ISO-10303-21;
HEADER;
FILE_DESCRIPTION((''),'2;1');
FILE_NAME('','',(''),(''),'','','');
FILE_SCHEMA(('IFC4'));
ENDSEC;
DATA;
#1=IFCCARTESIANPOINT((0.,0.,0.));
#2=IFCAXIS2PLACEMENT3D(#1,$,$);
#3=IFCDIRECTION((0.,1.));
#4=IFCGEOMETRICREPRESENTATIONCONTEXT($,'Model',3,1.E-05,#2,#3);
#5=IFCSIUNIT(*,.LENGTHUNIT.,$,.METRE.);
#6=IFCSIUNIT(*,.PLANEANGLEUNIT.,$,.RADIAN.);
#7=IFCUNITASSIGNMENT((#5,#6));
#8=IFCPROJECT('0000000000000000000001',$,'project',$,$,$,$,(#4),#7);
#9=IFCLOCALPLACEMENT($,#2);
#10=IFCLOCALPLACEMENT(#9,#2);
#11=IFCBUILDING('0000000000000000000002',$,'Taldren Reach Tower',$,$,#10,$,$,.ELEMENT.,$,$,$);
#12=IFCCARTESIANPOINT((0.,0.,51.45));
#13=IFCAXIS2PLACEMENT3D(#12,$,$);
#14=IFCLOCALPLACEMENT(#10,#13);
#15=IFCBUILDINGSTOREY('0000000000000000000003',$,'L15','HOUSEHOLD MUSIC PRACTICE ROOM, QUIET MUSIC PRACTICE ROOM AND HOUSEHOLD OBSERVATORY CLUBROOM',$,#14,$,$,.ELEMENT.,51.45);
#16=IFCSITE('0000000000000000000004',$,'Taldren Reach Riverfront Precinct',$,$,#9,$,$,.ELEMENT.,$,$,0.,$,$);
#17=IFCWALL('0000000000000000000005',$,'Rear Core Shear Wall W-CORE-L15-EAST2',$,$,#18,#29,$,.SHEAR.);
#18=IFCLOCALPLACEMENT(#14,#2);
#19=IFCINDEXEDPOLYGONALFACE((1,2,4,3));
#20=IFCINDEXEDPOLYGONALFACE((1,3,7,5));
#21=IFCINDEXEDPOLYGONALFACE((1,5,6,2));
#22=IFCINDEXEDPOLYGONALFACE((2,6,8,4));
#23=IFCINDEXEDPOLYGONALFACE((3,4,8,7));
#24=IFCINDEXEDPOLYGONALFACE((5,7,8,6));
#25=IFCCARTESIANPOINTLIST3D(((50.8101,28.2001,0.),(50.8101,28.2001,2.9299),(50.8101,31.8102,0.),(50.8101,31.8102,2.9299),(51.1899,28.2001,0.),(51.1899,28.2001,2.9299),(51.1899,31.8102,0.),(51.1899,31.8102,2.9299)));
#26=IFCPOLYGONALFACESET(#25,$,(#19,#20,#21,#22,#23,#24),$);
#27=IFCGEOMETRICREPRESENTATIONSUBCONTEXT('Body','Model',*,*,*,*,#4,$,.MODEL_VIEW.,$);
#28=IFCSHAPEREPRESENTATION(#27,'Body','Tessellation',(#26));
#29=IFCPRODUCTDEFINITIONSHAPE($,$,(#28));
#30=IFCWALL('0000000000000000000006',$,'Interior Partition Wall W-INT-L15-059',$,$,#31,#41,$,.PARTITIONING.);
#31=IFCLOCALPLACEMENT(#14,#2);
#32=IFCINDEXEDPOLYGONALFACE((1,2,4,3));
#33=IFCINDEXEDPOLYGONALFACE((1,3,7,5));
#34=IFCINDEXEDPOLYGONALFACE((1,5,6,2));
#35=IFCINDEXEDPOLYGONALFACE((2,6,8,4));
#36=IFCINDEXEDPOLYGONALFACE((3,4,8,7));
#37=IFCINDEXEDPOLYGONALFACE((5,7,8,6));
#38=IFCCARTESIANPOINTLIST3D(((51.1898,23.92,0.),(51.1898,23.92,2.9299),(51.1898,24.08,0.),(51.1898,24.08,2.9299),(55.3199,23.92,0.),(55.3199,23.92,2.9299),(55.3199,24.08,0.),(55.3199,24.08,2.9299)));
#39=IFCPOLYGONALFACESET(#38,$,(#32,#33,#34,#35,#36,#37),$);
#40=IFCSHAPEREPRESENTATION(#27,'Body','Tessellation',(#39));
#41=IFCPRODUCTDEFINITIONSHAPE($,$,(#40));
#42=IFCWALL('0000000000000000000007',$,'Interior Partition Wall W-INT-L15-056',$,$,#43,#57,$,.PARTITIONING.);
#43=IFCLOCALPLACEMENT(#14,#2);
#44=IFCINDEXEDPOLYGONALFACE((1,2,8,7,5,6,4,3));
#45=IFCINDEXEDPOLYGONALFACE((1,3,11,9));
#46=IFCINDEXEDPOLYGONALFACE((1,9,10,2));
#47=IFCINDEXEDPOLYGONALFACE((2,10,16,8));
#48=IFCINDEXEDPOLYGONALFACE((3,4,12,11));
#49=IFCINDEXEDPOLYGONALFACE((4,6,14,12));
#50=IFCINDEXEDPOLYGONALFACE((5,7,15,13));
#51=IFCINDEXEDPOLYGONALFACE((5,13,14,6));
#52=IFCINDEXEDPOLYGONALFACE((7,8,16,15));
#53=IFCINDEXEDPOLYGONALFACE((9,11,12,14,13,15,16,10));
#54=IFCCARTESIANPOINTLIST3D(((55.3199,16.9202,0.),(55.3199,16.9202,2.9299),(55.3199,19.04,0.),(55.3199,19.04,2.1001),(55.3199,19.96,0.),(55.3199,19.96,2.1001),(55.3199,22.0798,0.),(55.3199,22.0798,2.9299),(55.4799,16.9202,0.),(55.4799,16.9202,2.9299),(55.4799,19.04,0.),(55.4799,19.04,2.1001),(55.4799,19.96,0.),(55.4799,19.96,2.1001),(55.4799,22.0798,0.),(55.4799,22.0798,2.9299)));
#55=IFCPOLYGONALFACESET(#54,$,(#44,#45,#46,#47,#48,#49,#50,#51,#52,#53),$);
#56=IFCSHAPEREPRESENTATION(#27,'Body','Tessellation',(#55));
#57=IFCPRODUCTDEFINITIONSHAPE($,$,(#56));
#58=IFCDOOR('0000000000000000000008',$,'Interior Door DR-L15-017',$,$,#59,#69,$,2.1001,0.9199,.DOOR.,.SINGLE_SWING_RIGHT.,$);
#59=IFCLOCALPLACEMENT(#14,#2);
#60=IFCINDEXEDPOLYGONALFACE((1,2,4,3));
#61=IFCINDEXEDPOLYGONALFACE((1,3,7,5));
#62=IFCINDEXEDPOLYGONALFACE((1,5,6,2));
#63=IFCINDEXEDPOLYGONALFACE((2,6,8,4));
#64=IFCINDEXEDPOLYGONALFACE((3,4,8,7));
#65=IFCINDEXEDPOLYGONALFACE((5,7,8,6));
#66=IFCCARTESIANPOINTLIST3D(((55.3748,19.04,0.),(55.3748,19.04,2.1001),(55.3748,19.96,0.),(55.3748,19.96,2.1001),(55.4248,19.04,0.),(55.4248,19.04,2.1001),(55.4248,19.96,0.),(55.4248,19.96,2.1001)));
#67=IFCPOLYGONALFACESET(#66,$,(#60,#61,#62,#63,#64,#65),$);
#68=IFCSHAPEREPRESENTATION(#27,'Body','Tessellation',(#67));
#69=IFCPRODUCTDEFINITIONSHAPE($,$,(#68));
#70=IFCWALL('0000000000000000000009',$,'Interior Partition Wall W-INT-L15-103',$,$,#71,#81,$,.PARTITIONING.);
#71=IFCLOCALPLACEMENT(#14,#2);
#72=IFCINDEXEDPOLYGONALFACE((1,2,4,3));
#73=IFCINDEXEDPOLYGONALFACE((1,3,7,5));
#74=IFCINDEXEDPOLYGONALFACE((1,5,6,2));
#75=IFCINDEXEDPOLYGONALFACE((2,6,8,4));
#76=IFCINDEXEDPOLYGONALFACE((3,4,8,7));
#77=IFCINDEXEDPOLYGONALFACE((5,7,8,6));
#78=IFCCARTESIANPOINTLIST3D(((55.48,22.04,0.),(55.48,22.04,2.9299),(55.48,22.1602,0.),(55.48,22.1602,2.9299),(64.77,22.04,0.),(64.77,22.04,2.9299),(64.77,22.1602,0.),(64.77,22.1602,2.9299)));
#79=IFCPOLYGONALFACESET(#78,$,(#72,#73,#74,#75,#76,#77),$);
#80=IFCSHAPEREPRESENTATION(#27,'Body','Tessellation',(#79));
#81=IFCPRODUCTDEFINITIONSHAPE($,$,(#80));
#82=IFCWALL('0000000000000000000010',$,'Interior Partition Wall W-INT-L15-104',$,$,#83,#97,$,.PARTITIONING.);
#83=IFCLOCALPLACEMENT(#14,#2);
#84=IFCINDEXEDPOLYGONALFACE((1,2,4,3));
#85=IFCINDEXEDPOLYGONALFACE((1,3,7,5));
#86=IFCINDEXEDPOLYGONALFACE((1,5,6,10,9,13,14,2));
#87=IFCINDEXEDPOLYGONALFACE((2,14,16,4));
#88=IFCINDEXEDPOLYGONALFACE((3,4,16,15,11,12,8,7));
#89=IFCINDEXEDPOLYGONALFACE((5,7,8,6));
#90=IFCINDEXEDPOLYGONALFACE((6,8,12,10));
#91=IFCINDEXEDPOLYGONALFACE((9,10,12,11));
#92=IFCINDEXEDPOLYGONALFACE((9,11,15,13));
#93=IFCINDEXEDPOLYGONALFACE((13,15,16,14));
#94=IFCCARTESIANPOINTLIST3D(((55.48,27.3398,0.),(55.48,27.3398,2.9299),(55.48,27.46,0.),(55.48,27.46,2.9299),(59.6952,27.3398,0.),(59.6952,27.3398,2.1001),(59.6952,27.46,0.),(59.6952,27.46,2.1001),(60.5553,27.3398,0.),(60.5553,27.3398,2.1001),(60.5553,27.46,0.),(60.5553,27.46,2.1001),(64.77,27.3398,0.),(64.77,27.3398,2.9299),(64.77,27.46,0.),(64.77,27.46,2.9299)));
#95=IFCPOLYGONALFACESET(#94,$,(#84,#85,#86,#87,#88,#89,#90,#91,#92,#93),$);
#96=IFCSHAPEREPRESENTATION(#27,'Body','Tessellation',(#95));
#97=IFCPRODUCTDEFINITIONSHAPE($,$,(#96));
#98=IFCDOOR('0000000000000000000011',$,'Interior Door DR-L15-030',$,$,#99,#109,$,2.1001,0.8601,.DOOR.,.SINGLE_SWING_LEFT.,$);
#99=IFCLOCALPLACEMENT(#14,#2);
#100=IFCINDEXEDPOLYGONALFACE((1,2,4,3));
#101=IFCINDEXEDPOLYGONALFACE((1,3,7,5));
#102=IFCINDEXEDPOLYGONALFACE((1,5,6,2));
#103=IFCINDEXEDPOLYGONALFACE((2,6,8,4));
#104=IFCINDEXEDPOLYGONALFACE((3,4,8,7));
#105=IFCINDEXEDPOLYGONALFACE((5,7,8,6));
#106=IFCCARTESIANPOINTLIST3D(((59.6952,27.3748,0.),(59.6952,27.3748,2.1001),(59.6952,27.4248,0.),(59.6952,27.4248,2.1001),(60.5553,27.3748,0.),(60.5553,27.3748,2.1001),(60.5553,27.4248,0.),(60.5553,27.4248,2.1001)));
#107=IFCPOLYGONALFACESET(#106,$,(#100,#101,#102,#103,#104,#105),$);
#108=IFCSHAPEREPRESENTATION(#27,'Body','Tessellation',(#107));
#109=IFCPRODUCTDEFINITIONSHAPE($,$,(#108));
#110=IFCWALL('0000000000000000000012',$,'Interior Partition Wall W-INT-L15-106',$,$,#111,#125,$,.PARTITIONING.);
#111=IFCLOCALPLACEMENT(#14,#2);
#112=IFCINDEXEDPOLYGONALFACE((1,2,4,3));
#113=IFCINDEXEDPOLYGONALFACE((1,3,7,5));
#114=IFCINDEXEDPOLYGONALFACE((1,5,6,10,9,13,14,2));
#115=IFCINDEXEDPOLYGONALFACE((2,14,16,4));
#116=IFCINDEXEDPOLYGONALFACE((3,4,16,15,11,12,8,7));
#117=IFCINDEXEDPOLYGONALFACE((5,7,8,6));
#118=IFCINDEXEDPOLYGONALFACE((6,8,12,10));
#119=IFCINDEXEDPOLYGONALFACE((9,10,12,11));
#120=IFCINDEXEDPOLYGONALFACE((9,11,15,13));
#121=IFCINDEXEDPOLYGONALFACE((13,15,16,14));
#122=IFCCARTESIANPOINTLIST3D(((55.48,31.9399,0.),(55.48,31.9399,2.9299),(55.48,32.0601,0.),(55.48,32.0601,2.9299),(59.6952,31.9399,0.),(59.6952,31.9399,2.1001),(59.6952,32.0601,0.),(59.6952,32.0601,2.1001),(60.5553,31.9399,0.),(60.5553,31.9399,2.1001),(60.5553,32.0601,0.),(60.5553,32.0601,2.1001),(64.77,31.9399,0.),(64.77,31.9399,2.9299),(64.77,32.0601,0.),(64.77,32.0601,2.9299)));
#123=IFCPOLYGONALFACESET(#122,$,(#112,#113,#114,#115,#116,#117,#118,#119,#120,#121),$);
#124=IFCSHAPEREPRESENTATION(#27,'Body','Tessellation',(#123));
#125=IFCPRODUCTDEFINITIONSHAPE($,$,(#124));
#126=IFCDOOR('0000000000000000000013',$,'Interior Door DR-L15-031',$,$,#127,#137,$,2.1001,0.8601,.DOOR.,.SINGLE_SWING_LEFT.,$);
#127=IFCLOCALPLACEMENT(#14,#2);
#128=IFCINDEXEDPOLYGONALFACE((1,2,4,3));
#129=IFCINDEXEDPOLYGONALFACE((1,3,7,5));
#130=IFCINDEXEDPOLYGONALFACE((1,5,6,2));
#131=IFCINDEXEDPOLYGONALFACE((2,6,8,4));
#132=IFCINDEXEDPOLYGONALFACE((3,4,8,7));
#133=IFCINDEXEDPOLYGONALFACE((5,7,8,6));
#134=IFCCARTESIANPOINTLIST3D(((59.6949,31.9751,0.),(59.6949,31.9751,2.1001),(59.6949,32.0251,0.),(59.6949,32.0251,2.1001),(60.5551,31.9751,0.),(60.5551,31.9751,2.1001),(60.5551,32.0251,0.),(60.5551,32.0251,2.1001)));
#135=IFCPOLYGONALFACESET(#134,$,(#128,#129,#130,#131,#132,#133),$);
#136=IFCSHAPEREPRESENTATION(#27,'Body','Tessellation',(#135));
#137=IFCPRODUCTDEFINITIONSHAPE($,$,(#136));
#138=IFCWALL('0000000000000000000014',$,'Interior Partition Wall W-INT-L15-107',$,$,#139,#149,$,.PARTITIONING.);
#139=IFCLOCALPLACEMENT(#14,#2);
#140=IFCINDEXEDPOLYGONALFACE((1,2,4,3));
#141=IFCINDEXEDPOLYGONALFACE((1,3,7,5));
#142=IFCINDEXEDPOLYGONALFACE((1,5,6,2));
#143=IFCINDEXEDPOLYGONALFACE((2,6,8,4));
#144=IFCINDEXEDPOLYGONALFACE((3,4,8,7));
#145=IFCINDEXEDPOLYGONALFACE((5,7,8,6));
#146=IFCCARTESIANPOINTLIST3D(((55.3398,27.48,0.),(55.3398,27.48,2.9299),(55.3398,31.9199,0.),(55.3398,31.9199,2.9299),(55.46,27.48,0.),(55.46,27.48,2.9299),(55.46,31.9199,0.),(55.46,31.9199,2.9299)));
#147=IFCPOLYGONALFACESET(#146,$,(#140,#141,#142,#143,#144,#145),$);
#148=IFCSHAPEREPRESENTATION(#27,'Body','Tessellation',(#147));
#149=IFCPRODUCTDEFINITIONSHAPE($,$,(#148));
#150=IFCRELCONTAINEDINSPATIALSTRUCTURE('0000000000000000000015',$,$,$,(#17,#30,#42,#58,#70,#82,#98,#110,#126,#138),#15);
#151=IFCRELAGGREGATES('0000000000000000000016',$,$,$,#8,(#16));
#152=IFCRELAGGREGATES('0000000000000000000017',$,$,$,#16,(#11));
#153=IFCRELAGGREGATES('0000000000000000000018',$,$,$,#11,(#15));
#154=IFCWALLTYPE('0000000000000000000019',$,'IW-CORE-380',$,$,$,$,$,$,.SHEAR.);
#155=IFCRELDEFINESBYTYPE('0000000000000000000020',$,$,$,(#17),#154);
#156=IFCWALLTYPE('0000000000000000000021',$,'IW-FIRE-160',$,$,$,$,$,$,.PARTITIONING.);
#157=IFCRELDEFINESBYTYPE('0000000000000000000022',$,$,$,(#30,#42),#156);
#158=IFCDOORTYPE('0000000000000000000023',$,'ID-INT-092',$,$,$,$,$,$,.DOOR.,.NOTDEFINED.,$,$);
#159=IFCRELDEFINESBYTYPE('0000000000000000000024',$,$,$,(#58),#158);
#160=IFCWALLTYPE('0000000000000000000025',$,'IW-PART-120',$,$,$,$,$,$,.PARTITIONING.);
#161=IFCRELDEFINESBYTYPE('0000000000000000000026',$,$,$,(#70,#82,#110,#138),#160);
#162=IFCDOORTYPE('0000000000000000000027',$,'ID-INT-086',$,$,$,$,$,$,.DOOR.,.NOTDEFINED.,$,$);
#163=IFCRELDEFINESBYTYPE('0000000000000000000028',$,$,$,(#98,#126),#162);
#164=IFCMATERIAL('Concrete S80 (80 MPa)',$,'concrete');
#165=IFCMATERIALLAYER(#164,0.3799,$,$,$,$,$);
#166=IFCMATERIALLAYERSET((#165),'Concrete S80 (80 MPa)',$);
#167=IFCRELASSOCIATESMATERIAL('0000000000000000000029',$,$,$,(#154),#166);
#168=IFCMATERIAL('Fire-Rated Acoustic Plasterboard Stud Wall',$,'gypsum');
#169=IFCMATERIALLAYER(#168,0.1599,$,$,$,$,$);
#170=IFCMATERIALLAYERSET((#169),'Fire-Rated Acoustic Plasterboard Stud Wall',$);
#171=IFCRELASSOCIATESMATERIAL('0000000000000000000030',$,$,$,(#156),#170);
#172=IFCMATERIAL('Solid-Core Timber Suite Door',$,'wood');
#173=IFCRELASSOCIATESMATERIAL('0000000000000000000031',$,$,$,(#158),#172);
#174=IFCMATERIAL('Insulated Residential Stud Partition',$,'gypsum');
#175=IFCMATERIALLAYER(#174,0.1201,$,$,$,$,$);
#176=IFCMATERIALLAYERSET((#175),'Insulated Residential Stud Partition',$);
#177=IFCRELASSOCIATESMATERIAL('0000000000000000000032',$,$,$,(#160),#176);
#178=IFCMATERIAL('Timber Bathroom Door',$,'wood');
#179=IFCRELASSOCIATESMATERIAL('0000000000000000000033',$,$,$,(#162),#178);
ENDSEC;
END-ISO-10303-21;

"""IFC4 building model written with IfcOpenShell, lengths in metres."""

from ifc_helpers import new_model, si_unit, direction, frame, frame_2d, origin, place, context, subcontext, project, spatial, rectangle, extrude, source, transform, mapped, material, layer, layer_set, type_object, element, fill, save


model = new_model("IFC4")

# Units and contexts
model_context = context("Model", 3, precision=1e-05, world=origin(), true_north=direction((0.0, 1.0)))
body_context = subcontext(model_context, "Body", "Model", "MODEL_VIEW")
ifc_project = project(units=[si_unit("LENGTHUNIT", "METRE"), si_unit("PLANEANGLEUNIT", "RADIAN")], contexts=[model_context])

# Site, building, storey
site_placement = place(None, origin())
site = spatial("IfcSite", under=ifc_project, at=site_placement, Name="Taldren Reach Riverfront Precinct", CompositionType="ELEMENT", RefElevation=0.0)
building_placement = place(site_placement, origin())
building = spatial("IfcBuilding", under=site, at=building_placement, Name="Taldren Reach Tower", CompositionType="ELEMENT")
storey_placement = place(building_placement, frame((0.0, 0.0, 51.45)))
storey = spatial("IfcBuildingStorey", under=building, at=storey_placement, Name="L15", Description="HOUSEHOLD MUSIC PRACTICE ROOM, QUIET MUSIC PRACTICE ROOM AND HOUSEHOLD OBSERVATORY CLUBROOM", CompositionType="ELEMENT", Elevation=51.45)

# Walls
ifc_material_1 = material(Name="Concrete S80 (80 MPa)", Category="concrete")
ifc_layer_1 = layer(ifc_material_1, 0.3799)
ifc_layer_set_1 = layer_set([ifc_layer_1], Name="Concrete S80 (80 MPa)")
wall_type_1 = type_object("IfcWallType", Name="IW-CORE-380", PredefinedType="SHEAR", material=ifc_layer_set_1)
shared_shape_1 = source(origin(), body_context, "Body", "SweptSolid", [
    extrude(rectangle(XDim=3.6101, YDim=0.3799, at=frame_2d((1.8052, 0.0))), origin(), (0.0, 0.0, 1.0), 2.9299),
])
wall_1_placement = place(storey_placement, frame((51.0, 28.2, 0.0), z_axis=(0.0, 0.0, 1.0), x_axis=(0.0, 1.0, 0.0)))
element("IfcWall", 1, at=wall_1_placement, inside=storey, type_object=wall_type_1, Name="Rear Core Shear Wall W-CORE-L15-EAST2", PredefinedType="SHEAR", context=body_context, shape_type="MappedRepresentation", body=[
    mapped(shared_shape_1, transform((0.0, 0.0, 0.0), scale=1.0)),
])
ifc_material_2 = material(Name="Fire-Rated Acoustic Plasterboard Stud Wall", Category="gypsum")
ifc_layer_2 = layer(ifc_material_2, 0.1599)
ifc_layer_set_2 = layer_set([ifc_layer_2], Name="Fire-Rated Acoustic Plasterboard Stud Wall")
wall_type_2 = type_object("IfcWallType", Name="IW-FIRE-160", PredefinedType="PARTITIONING", material=ifc_layer_set_2)
shared_shape_2 = source(origin(), body_context, "Body", "SweptSolid", [
    extrude(rectangle(XDim=4.1301, YDim=0.1599, at=frame_2d((2.0649, 0.0))), origin(), (0.0, 0.0, 1.0), 2.9299),
])
wall_2_placement = place(storey_placement, frame((51.1899, 24.0, 0.0), z_axis=(0.0, 0.0, 1.0), x_axis=(1.0, 0.0, 0.0)))
element("IfcWall", 2, at=wall_2_placement, inside=storey, type_object=wall_type_2, Name="Interior Partition Wall W-INT-L15-059", PredefinedType="PARTITIONING", context=body_context, shape_type="MappedRepresentation", body=[
    mapped(shared_shape_2, transform((0.0, 0.0, 0.0), scale=1.0)),
])

# Wall, opening, door
shared_shape_3 = source(origin(), body_context, "Body", "SweptSolid", [
    extrude(rectangle(XDim=5.1597, YDim=0.1599, at=frame_2d((2.5798, 0.0))), origin(), (0.0, 0.0, 1.0), 2.9299),
])
wall_3_placement = place(storey_placement, frame((55.3999, 22.0798, 0.0), z_axis=(0.0, 0.0, 1.0), x_axis=(0.0, -1.0, 0.0)))
wall_3 = element("IfcWall", 3, at=wall_3_placement, inside=storey, type_object=wall_type_2, Name="Interior Partition Wall W-INT-L15-056", PredefinedType="PARTITIONING", context=body_context, shape_type="MappedRepresentation", body=[
    mapped(shared_shape_3, transform((0.0, 0.0, 0.0), scale=1.0)),
])
shared_shape_4 = source(origin(), body_context, "Body", "SweptSolid", [
    extrude(rectangle(XDim=0.9199, YDim=2.1001, at=frame_2d((0.46, 1.05))), frame((0.0, 0.0898, 0.0), z_axis=(0.0, -1.0, 0.0), x_axis=(1.0, 0.0, 0.0)), (0.0, 0.0, 1.0), 0.1799),
])
opening_1_placement = place(wall_3_placement, frame((2.1199, 0.0, 0.0)))
opening_1 = element("IfcOpeningElement", 4, at=opening_1_placement, cuts=wall_3, PredefinedType="OPENING", context=body_context, shape_type="MappedRepresentation", body=[
    mapped(shared_shape_4, transform((0.0, 0.0, 0.0), scale=1.0)),
])
ifc_material_3 = material(Name="Solid-Core Timber Suite Door", Category="wood")
door_type_1 = type_object("IfcDoorType", Name="ID-INT-092", OperationType="NOTDEFINED", PredefinedType="DOOR", material=ifc_material_3)
shared_shape_5 = source(origin(), body_context, "Body", "SweptSolid", [
    extrude(rectangle(XDim=0.9199, YDim=2.1001, at=frame_2d((0.46, 1.05))), frame((0.0, 0.0249, 0.0), z_axis=(0.0, -1.0, 0.0), x_axis=(1.0, 0.0, 0.0)), (0.0, 0.0, 1.0), 0.05),
])
door_1_placement = place(opening_1_placement, origin())
door_1 = element("IfcDoor", 5, at=door_1_placement, inside=storey, type_object=door_type_1, Name="Interior Door DR-L15-017", OperationType="SINGLE_SWING_RIGHT", OverallHeight=2.1001, OverallWidth=0.9199, PredefinedType="DOOR", context=body_context, shape_type="MappedRepresentation", body=[
    mapped(shared_shape_5, transform((0.0, 0.0, 0.0), scale=1.0)),
])
fill(opening_1, door_1)

# Wall
ifc_material_4 = material(Name="Insulated Residential Stud Partition", Category="gypsum")
ifc_layer_3 = layer(ifc_material_4, 0.1201)
ifc_layer_set_3 = layer_set([ifc_layer_3], Name="Insulated Residential Stud Partition")
wall_type_3 = type_object("IfcWallType", Name="IW-PART-120", PredefinedType="PARTITIONING", material=ifc_layer_set_3)
shared_shape_6 = source(origin(), body_context, "Body", "SweptSolid", [
    extrude(rectangle(XDim=9.29, YDim=0.1201, at=frame_2d((4.645, 0.0))), origin(), (0.0, 0.0, 1.0), 2.9299),
])
wall_4_placement = place(storey_placement, frame((55.48, 22.1001, 0.0), z_axis=(0.0, 0.0, 1.0), x_axis=(1.0, 0.0, 0.0)))
element("IfcWall", 6, at=wall_4_placement, inside=storey, type_object=wall_type_3, Name="Interior Partition Wall W-INT-L15-103", PredefinedType="PARTITIONING", context=body_context, shape_type="MappedRepresentation", body=[
    mapped(shared_shape_6, transform((0.0, 0.0, 0.0), scale=1.0)),
])

# Walls, openings, doors
wall_5_placement = place(storey_placement, frame((55.48, 27.3999, 0.0), z_axis=(0.0, 0.0, 1.0), x_axis=(1.0, 0.0, 0.0)))
wall_5 = element("IfcWall", 7, at=wall_5_placement, inside=storey, type_object=wall_type_3, Name="Interior Partition Wall W-INT-L15-104", PredefinedType="PARTITIONING", context=body_context, shape_type="MappedRepresentation", body=[
    mapped(shared_shape_6, transform((0.0, 0.0, 0.0), scale=1.0)),
])
shared_shape_7 = source(origin(), body_context, "Body", "SweptSolid", [
    extrude(rectangle(XDim=0.8601, YDim=2.1001, at=frame_2d((0.4302, 1.05))), frame((0.0, 0.0701, 0.0), z_axis=(0.0, -1.0, 0.0), x_axis=(1.0, 0.0, 0.0)), (0.0, 0.0, 1.0), 0.1401),
])
opening_2_placement = place(wall_5_placement, frame((4.2151, 0.0, 0.0)))
opening_2 = element("IfcOpeningElement", 8, at=opening_2_placement, cuts=wall_5, PredefinedType="OPENING", context=body_context, shape_type="MappedRepresentation", body=[
    mapped(shared_shape_7, transform((0.0, 0.0, 0.0), scale=1.0)),
])
ifc_material_5 = material(Name="Timber Bathroom Door", Category="wood")
door_type_2 = type_object("IfcDoorType", Name="ID-INT-086", OperationType="NOTDEFINED", PredefinedType="DOOR", material=ifc_material_5)
shared_shape_8 = source(origin(), body_context, "Body", "SweptSolid", [
    extrude(rectangle(XDim=0.8601, YDim=2.1001, at=frame_2d((0.4302, 1.05))), frame((0.0, 0.0249, 0.0), z_axis=(0.0, -1.0, 0.0), x_axis=(1.0, 0.0, 0.0)), (0.0, 0.0, 1.0), 0.05),
])
door_2_placement = place(opening_2_placement, origin())
door_2 = element("IfcDoor", 9, at=door_2_placement, inside=storey, type_object=door_type_2, Name="Interior Door DR-L15-030", OperationType="SINGLE_SWING_LEFT", OverallHeight=2.1001, OverallWidth=0.8601, PredefinedType="DOOR", context=body_context, shape_type="MappedRepresentation", body=[
    mapped(shared_shape_8, transform((0.0, 0.0, 0.0), scale=1.0)),
])
fill(opening_2, door_2)
wall_6_placement = place(storey_placement, frame((55.48, 32.0, 0.0), z_axis=(0.0, 0.0, 1.0), x_axis=(1.0, 0.0, 0.0)))
wall_6 = element("IfcWall", 10, at=wall_6_placement, inside=storey, type_object=wall_type_3, Name="Interior Partition Wall W-INT-L15-106", PredefinedType="PARTITIONING", context=body_context, shape_type="MappedRepresentation", body=[
    mapped(shared_shape_6, transform((0.0, 0.0, 0.0), scale=1.0)),
])
opening_3_placement = place(wall_6_placement, frame((4.2151, 0.0, 0.0)))
opening_3 = element("IfcOpeningElement", 11, at=opening_3_placement, cuts=wall_6, PredefinedType="OPENING", context=body_context, shape_type="MappedRepresentation", body=[
    mapped(shared_shape_7, transform((0.0, 0.0, 0.0), scale=1.0)),
])
door_3_placement = place(opening_3_placement, frame((0.8601, 0.0, 0.0), z_axis=(0.0, 0.0, 1.0), x_axis=(-1.0, 0.0, 0.0)))
door_3 = element("IfcDoor", 12, at=door_3_placement, inside=storey, type_object=door_type_2, Name="Interior Door DR-L15-031", OperationType="SINGLE_SWING_LEFT", OverallHeight=2.1001, OverallWidth=0.8601, PredefinedType="DOOR", context=body_context, shape_type="MappedRepresentation", body=[
    mapped(shared_shape_8, transform((0.0, 0.0, 0.0), scale=1.0)),
])
fill(opening_3, door_3)

# Wall
shared_shape_9 = source(origin(), body_context, "Body", "SweptSolid", [
    extrude(rectangle(XDim=4.4399, YDim=0.1201, at=frame_2d((2.22, 0.0))), origin(), (0.0, 0.0, 1.0), 2.9299),
])
wall_7_placement = place(storey_placement, frame((55.3999, 27.48, 0.0), z_axis=(0.0, 0.0, 1.0), x_axis=(0.0, 1.0, 0.0)))
element("IfcWall", 13, at=wall_7_placement, inside=storey, type_object=wall_type_3, Name="Interior Partition Wall W-INT-L15-107", PredefinedType="PARTITIONING", context=body_context, shape_type="MappedRepresentation", body=[
    mapped(shared_shape_9, transform((0.0, 0.0, 0.0), scale=1.0)),
])

save(model, "model.ifc")
